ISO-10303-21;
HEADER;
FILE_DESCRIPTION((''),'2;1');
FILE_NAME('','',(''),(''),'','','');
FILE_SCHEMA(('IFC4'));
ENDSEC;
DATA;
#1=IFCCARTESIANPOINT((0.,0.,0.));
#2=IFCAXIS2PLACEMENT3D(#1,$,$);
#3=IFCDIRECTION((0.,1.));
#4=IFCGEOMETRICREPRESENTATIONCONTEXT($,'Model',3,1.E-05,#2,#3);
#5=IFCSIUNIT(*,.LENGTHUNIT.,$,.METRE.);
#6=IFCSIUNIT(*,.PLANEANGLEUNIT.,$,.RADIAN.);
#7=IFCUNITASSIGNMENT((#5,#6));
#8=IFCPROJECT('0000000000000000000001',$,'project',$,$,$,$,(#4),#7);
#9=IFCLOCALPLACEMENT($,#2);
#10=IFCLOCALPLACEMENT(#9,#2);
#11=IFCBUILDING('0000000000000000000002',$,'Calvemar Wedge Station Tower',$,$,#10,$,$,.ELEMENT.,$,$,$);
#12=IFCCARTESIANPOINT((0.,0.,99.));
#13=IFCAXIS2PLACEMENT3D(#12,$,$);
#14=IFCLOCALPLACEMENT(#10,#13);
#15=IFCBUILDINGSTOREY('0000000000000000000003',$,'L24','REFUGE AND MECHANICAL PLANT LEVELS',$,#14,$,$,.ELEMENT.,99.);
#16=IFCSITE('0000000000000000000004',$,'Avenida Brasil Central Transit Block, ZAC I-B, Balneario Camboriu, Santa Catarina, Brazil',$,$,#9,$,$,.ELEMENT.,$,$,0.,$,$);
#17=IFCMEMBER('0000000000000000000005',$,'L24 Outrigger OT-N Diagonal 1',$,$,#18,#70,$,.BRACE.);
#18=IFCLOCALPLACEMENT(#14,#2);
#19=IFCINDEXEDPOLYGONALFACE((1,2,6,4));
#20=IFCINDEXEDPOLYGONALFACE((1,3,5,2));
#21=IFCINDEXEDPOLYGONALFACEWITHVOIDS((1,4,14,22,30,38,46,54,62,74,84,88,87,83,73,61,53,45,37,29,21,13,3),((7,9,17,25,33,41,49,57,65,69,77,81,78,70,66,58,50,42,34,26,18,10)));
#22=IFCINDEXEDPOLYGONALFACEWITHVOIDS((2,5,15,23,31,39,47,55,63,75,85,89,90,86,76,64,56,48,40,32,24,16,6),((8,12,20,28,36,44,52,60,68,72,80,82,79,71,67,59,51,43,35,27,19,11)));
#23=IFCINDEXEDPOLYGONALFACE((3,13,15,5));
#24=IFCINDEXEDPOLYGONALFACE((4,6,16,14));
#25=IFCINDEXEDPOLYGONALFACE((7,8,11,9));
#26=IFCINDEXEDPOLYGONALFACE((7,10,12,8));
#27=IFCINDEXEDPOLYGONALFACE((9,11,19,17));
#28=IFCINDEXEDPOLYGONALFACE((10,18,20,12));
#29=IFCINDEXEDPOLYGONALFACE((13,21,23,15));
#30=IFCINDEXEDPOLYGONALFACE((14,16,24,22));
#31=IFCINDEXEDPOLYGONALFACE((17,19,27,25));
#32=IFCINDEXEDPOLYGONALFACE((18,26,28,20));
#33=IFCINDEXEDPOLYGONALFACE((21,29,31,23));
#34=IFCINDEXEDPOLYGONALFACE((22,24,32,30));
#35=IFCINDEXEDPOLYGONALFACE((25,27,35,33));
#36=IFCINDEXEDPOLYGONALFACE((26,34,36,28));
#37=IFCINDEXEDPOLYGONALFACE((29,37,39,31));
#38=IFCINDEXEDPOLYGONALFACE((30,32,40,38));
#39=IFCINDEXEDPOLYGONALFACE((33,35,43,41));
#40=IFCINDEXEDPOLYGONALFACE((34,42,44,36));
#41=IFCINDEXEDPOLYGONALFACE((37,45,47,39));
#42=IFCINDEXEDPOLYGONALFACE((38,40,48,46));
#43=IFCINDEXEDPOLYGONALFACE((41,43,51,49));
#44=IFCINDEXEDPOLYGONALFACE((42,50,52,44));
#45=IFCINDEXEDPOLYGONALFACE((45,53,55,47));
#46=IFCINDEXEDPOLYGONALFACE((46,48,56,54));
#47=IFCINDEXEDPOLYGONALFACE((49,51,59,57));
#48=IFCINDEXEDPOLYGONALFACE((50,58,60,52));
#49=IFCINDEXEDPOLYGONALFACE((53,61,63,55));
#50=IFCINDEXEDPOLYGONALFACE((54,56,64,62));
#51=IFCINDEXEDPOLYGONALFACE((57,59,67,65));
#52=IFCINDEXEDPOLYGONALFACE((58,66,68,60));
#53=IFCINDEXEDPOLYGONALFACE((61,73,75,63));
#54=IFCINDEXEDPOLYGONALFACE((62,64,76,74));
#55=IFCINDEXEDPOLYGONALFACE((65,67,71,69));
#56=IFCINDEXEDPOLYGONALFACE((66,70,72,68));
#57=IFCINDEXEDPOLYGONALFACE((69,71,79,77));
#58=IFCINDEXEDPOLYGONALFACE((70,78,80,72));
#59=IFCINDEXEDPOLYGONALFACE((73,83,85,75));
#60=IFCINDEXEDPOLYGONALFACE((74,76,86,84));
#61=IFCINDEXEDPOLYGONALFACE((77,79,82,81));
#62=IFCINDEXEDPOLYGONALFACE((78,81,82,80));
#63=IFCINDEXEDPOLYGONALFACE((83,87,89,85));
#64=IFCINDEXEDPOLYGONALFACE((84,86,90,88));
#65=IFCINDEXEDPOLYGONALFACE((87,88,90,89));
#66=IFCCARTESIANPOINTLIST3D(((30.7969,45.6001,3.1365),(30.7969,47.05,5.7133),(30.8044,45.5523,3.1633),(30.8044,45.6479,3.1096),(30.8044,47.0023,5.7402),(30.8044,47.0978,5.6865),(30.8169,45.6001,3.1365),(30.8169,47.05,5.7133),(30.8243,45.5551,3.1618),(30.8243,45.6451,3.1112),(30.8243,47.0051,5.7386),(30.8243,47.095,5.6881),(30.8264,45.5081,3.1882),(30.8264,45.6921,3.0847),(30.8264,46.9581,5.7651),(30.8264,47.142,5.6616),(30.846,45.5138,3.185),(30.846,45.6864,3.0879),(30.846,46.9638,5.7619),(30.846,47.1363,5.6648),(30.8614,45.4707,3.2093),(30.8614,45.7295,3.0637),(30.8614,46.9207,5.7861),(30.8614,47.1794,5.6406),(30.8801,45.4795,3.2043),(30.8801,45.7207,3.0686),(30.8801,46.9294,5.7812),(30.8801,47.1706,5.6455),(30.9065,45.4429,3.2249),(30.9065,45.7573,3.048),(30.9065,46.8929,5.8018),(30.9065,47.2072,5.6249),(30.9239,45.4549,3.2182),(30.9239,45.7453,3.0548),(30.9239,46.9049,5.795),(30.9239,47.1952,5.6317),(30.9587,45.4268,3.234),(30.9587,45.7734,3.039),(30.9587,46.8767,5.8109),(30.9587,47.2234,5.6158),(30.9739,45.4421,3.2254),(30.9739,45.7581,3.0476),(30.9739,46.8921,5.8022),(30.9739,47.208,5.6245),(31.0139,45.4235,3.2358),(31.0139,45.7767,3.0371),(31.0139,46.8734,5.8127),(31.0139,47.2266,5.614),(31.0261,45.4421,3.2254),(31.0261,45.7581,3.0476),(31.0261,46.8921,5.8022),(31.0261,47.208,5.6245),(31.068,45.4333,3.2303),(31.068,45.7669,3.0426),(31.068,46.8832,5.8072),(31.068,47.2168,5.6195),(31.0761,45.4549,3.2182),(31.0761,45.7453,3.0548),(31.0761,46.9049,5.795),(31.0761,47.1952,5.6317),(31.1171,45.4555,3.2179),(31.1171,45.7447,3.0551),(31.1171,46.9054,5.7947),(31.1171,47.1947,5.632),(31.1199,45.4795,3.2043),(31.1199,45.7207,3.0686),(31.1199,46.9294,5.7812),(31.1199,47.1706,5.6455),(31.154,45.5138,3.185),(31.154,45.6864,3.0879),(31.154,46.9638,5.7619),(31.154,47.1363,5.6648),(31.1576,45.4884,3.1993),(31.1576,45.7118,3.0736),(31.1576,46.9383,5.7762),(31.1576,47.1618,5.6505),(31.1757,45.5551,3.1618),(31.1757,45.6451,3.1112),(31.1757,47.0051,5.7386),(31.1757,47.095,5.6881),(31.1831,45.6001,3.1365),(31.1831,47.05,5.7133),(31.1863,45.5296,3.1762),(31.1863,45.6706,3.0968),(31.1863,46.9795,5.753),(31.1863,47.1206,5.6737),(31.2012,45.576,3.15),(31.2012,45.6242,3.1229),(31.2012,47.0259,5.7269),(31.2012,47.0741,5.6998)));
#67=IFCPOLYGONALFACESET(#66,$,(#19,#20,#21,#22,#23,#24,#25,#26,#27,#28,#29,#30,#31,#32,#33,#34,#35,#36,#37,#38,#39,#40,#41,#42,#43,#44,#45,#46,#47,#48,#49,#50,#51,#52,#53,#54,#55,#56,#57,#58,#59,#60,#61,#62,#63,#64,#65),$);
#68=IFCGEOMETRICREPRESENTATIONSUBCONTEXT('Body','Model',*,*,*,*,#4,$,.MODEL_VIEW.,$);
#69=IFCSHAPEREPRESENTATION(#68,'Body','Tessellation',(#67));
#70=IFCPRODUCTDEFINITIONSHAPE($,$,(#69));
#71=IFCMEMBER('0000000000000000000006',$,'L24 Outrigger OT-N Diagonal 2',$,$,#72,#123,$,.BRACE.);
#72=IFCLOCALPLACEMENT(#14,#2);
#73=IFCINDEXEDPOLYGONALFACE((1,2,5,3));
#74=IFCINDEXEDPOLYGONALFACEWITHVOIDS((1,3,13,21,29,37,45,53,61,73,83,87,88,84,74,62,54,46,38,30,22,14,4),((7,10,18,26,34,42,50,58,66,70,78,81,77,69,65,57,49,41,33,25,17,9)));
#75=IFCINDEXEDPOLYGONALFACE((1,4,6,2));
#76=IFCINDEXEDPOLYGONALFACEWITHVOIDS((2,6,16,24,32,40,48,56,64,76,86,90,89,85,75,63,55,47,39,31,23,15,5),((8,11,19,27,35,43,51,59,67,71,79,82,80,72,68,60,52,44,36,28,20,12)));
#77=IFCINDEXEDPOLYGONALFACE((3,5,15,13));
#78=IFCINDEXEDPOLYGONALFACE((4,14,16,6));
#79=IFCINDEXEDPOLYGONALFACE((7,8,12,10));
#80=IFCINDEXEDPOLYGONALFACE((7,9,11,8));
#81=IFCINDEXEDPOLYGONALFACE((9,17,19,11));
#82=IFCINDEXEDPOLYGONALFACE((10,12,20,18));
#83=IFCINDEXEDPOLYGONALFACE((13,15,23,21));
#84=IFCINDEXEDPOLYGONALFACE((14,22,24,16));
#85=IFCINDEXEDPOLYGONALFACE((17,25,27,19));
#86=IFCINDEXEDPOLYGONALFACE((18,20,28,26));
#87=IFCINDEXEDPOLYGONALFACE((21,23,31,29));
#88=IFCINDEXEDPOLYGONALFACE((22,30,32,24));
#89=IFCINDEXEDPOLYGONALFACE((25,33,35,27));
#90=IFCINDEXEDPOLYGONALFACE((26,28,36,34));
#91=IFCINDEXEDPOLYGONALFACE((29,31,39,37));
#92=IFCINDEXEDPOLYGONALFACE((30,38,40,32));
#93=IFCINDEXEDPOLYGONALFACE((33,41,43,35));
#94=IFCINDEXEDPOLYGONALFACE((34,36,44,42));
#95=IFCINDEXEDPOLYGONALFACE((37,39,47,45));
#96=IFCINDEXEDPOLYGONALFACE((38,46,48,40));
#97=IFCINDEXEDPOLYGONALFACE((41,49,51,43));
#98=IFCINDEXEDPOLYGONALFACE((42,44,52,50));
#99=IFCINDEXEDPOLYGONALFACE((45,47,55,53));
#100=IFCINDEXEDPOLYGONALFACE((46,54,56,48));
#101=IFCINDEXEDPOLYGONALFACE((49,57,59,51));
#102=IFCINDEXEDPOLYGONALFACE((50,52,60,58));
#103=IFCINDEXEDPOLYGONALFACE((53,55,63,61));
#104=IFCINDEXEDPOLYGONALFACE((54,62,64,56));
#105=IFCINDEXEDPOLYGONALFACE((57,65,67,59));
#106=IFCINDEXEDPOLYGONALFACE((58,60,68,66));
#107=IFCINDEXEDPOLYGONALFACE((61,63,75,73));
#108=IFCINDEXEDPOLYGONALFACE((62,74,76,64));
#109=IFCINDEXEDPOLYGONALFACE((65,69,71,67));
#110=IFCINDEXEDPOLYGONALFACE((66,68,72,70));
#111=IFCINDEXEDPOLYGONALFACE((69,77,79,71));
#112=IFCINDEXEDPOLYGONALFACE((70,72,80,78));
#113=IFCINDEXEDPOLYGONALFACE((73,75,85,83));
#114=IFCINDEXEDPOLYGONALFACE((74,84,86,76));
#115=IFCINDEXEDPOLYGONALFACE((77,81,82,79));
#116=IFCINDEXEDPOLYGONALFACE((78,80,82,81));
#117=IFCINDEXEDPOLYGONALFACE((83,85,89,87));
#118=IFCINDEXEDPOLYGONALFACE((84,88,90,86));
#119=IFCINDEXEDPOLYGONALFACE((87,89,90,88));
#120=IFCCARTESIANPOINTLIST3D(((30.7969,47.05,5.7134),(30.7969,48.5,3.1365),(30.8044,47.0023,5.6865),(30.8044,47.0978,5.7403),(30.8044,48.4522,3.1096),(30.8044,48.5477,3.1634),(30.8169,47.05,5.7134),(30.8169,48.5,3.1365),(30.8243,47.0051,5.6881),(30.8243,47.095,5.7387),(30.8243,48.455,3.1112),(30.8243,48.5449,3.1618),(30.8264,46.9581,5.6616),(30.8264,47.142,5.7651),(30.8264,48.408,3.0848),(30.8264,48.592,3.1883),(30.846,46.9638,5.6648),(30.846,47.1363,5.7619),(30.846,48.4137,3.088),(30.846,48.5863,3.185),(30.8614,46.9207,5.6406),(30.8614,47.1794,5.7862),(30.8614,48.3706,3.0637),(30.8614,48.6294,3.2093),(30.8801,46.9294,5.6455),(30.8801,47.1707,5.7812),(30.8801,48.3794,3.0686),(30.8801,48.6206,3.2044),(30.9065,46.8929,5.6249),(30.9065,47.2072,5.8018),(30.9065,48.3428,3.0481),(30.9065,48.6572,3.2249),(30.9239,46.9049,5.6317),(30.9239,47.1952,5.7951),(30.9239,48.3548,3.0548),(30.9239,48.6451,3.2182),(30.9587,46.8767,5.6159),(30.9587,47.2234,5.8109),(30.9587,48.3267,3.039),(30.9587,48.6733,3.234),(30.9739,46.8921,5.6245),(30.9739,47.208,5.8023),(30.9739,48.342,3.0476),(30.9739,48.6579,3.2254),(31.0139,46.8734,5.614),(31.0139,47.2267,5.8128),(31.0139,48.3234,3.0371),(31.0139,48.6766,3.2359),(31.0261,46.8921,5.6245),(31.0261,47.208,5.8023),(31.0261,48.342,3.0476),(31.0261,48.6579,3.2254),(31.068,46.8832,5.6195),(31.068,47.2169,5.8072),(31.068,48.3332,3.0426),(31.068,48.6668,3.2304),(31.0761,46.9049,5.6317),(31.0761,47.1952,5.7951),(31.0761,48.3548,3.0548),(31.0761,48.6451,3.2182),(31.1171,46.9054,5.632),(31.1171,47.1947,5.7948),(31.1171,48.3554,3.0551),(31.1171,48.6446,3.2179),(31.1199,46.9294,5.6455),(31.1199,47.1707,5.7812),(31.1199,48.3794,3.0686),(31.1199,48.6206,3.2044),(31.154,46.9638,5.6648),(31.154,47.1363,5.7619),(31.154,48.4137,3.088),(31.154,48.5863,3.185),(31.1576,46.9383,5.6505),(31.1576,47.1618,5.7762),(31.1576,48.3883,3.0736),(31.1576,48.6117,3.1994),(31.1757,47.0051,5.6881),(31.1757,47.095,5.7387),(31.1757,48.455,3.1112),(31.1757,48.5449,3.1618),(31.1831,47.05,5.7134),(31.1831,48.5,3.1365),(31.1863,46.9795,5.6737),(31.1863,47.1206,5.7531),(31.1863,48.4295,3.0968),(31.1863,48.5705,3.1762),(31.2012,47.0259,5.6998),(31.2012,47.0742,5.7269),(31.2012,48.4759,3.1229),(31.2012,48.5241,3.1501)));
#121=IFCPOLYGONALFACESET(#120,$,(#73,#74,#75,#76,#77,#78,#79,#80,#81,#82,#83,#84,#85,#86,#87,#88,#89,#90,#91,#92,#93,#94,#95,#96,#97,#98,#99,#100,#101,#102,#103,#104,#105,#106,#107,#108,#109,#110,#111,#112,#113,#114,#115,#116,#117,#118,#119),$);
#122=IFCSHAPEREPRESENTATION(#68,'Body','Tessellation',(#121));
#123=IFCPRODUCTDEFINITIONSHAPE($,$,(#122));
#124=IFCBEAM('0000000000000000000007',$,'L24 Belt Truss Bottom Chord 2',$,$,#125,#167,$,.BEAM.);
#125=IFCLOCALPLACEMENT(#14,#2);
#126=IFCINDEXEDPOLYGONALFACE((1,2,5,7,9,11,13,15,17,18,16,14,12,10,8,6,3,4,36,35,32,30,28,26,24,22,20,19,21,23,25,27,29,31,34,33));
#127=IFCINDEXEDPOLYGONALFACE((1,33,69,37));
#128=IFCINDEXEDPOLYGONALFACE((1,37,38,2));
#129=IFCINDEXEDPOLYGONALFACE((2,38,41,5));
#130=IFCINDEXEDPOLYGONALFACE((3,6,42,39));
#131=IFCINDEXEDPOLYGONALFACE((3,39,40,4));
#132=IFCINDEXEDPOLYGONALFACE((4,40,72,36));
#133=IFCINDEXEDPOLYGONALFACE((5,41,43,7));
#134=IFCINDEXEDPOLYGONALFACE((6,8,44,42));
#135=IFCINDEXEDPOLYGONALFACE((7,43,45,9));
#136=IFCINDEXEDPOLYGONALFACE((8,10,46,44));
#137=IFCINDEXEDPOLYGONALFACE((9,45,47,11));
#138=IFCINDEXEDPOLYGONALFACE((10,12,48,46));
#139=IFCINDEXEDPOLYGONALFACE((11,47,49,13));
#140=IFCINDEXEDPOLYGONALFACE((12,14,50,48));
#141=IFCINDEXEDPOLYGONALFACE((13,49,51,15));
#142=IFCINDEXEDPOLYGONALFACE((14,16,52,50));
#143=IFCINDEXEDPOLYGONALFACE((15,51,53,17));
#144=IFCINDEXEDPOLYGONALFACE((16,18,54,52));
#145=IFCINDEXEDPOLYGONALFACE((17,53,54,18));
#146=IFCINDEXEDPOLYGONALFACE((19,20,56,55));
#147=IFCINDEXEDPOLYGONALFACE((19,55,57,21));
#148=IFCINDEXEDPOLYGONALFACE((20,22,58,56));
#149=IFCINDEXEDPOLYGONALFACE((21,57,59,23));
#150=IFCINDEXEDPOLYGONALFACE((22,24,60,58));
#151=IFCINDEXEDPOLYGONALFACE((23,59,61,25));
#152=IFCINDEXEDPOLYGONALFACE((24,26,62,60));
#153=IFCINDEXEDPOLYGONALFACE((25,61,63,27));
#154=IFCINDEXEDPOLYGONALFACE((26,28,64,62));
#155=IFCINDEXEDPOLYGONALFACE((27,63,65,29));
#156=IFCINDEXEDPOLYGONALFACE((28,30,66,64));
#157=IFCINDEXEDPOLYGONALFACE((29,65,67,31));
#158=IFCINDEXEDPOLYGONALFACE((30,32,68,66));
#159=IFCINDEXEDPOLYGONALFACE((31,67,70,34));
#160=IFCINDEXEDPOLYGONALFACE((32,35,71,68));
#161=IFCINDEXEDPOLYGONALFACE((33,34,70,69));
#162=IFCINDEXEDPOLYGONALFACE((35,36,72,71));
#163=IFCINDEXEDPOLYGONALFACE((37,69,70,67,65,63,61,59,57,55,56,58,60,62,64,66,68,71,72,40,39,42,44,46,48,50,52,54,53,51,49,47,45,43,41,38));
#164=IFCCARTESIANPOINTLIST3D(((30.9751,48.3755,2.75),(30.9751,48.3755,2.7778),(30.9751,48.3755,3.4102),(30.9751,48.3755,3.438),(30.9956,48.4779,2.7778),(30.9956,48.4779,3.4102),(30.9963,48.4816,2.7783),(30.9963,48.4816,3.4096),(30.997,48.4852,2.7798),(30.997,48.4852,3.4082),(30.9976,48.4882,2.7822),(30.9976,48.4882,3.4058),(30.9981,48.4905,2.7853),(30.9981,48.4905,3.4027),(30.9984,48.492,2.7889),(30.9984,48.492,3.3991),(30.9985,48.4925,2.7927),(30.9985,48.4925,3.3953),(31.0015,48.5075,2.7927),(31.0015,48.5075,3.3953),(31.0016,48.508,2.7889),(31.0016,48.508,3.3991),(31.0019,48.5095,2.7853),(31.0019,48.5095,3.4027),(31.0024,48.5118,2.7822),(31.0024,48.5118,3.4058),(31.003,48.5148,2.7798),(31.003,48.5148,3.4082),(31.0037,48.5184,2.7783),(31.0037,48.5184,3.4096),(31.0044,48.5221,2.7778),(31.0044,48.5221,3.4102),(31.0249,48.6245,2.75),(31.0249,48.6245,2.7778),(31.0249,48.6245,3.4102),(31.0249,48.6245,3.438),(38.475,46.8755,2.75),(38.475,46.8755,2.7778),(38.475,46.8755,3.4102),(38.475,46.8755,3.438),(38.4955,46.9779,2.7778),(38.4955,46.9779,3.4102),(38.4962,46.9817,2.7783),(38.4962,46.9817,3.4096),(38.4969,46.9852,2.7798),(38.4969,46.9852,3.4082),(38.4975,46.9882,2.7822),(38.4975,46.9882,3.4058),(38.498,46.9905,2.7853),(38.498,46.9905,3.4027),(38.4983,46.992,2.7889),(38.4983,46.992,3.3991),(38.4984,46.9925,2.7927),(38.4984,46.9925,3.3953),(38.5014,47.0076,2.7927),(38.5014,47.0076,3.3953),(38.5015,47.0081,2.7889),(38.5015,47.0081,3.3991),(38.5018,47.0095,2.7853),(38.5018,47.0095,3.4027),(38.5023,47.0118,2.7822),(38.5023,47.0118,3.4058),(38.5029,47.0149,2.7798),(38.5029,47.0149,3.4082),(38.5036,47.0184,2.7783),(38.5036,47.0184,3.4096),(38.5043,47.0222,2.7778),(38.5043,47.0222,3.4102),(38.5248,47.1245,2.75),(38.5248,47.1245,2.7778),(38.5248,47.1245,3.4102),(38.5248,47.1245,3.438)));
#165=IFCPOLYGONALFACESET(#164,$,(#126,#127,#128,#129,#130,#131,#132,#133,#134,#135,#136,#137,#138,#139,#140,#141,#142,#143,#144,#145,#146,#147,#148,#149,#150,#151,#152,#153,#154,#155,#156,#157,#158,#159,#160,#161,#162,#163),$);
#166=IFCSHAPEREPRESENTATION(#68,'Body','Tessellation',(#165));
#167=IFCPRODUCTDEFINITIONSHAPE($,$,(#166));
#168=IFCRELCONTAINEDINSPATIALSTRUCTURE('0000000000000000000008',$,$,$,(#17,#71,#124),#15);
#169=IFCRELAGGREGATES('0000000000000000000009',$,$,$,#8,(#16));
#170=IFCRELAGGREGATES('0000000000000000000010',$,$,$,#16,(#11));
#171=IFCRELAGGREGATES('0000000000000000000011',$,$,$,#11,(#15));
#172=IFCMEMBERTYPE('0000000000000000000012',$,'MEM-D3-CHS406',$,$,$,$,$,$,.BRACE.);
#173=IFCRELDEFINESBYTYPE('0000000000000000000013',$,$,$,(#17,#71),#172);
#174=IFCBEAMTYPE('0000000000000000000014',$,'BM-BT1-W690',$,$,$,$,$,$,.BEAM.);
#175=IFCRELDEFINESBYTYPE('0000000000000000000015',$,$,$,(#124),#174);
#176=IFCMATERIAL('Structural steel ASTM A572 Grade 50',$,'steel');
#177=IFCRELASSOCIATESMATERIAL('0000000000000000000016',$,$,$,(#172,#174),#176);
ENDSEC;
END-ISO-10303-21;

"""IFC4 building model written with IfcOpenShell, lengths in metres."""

from ifc_helpers import new_model, si_unit, direction, frame, origin, origin_2d, place, context, subcontext, project, spatial, hollow_circle, i_section, extrude, source, transform, mapped, material, material_profile, profile_set, type_object, element, save


model = new_model("IFC4")

# Units and contexts
model_context = context("Model", 3, precision=1e-05, world=origin(), true_north=direction((0.0, 1.0)))
body_context = subcontext(model_context, "Body", "Model", "MODEL_VIEW")
ifc_project = project(units=[si_unit("LENGTHUNIT", "METRE"), si_unit("PLANEANGLEUNIT", "RADIAN")], contexts=[model_context])

# Site, building, storey
site_placement = place(None, origin())
site = spatial("IfcSite", under=ifc_project, at=site_placement, Name="Avenida Brasil Central Transit Block, ZAC I-B, Balneario Camboriu, Santa Catarina, Brazil", CompositionType="ELEMENT", RefElevation=0.0)
building_placement = place(site_placement, origin())
building = spatial("IfcBuilding", under=site, at=building_placement, Name="Calvemar Wedge Station Tower", CompositionType="ELEMENT")
storey_placement = place(building_placement, frame((0.0, 0.0, 99.0)))
storey = spatial("IfcBuildingStorey", under=building, at=storey_placement, Name="L24", Description="REFUGE AND MECHANICAL PLANT LEVELS", CompositionType="ELEMENT", Elevation=99.0)

# Shared definitions
ifc_material_1 = material(Name="Structural steel ASTM A572 Grade 50", Category="steel")

# Members
ifc_material_profile_1 = material_profile(ifc_material_1, hollow_circle(Radius=0.2031, WallThickness=0.02, at=origin_2d()), Name="CHS406.4x20")
ifc_profile_set_1 = profile_set([ifc_material_profile_1], Name="Structural steel ASTM A572 Grade 50")
member_type_1 = type_object("IfcMemberType", Name="MEM-D3-CHS406", PredefinedType="BRACE", material=ifc_profile_set_1)
shared_shape_1 = source(origin(), body_context, "Body", "SweptSolid", [
    extrude(hollow_circle(Radius=0.2031, WallThickness=0.02, at=origin_2d()), origin(), (0.0, 0.0, 1.0), 2.9568),
])
for number, where, z_axis, x_axis, name in (
    (1, (31.0, 45.6001, 3.1365), (0.0, 0.490375, 0.871512), (-1.0, 0.0, 0.0), "L24 Outrigger OT-N Diagonal 1"),
    (2, (31.0, 47.05, 5.7134), (0.0, 0.490375, -0.871512), (-1.0, 0.0, 0.0), "L24 Outrigger OT-N Diagonal 2"),
):
    element("IfcMember", number, at=place(storey_placement, frame(where, z_axis=z_axis, x_axis=x_axis)), inside=storey, type_object=member_type_1, Name=name, PredefinedType="BRACE", context=body_context, shape_type="MappedRepresentation", body=[
        mapped(shared_shape_1, transform((0.0, 0.0, 0.0), scale=1.0)),
    ])

# Beam
ifc_material_profile_2 = material_profile(ifc_material_1, i_section(OverallWidth=0.2539, OverallDepth=0.688, WebThickness=0.0154, FlangeThickness=0.0278, FilletRadius=0.0149, at=origin_2d()), Name="W690x192")
ifc_profile_set_2 = profile_set([ifc_material_profile_2], Name="Structural steel ASTM A572 Grade 50")
beam_type_1 = type_object("IfcBeamType", Name="BM-BT1-W690", PredefinedType="BEAM", material=ifc_profile_set_2)
shared_shape_2 = source(origin(), body_context, "Body", "SweptSolid", [
    extrude(i_section(OverallWidth=0.2539, OverallDepth=0.688, WebThickness=0.0154, FlangeThickness=0.0278, FilletRadius=0.0149, at=origin_2d()), origin(), (0.0, 0.0, 1.0), 7.6484),
])
beam_1_placement = place(storey_placement, frame((31.0, 48.5, 3.094), z_axis=(0.980581, -0.196116, 0.0), x_axis=(0.196116, 0.980581, 0.0)))
element("IfcBeam", 3, at=beam_1_placement, inside=storey, type_object=beam_type_1, Name="L24 Belt Truss Bottom Chord 2", PredefinedType="BEAM", context=body_context, shape_type="MappedRepresentation", body=[
    mapped(shared_shape_2, transform((0.0, 0.0, 0.0), scale=1.0)),
])

save(model, "model.ifc")
